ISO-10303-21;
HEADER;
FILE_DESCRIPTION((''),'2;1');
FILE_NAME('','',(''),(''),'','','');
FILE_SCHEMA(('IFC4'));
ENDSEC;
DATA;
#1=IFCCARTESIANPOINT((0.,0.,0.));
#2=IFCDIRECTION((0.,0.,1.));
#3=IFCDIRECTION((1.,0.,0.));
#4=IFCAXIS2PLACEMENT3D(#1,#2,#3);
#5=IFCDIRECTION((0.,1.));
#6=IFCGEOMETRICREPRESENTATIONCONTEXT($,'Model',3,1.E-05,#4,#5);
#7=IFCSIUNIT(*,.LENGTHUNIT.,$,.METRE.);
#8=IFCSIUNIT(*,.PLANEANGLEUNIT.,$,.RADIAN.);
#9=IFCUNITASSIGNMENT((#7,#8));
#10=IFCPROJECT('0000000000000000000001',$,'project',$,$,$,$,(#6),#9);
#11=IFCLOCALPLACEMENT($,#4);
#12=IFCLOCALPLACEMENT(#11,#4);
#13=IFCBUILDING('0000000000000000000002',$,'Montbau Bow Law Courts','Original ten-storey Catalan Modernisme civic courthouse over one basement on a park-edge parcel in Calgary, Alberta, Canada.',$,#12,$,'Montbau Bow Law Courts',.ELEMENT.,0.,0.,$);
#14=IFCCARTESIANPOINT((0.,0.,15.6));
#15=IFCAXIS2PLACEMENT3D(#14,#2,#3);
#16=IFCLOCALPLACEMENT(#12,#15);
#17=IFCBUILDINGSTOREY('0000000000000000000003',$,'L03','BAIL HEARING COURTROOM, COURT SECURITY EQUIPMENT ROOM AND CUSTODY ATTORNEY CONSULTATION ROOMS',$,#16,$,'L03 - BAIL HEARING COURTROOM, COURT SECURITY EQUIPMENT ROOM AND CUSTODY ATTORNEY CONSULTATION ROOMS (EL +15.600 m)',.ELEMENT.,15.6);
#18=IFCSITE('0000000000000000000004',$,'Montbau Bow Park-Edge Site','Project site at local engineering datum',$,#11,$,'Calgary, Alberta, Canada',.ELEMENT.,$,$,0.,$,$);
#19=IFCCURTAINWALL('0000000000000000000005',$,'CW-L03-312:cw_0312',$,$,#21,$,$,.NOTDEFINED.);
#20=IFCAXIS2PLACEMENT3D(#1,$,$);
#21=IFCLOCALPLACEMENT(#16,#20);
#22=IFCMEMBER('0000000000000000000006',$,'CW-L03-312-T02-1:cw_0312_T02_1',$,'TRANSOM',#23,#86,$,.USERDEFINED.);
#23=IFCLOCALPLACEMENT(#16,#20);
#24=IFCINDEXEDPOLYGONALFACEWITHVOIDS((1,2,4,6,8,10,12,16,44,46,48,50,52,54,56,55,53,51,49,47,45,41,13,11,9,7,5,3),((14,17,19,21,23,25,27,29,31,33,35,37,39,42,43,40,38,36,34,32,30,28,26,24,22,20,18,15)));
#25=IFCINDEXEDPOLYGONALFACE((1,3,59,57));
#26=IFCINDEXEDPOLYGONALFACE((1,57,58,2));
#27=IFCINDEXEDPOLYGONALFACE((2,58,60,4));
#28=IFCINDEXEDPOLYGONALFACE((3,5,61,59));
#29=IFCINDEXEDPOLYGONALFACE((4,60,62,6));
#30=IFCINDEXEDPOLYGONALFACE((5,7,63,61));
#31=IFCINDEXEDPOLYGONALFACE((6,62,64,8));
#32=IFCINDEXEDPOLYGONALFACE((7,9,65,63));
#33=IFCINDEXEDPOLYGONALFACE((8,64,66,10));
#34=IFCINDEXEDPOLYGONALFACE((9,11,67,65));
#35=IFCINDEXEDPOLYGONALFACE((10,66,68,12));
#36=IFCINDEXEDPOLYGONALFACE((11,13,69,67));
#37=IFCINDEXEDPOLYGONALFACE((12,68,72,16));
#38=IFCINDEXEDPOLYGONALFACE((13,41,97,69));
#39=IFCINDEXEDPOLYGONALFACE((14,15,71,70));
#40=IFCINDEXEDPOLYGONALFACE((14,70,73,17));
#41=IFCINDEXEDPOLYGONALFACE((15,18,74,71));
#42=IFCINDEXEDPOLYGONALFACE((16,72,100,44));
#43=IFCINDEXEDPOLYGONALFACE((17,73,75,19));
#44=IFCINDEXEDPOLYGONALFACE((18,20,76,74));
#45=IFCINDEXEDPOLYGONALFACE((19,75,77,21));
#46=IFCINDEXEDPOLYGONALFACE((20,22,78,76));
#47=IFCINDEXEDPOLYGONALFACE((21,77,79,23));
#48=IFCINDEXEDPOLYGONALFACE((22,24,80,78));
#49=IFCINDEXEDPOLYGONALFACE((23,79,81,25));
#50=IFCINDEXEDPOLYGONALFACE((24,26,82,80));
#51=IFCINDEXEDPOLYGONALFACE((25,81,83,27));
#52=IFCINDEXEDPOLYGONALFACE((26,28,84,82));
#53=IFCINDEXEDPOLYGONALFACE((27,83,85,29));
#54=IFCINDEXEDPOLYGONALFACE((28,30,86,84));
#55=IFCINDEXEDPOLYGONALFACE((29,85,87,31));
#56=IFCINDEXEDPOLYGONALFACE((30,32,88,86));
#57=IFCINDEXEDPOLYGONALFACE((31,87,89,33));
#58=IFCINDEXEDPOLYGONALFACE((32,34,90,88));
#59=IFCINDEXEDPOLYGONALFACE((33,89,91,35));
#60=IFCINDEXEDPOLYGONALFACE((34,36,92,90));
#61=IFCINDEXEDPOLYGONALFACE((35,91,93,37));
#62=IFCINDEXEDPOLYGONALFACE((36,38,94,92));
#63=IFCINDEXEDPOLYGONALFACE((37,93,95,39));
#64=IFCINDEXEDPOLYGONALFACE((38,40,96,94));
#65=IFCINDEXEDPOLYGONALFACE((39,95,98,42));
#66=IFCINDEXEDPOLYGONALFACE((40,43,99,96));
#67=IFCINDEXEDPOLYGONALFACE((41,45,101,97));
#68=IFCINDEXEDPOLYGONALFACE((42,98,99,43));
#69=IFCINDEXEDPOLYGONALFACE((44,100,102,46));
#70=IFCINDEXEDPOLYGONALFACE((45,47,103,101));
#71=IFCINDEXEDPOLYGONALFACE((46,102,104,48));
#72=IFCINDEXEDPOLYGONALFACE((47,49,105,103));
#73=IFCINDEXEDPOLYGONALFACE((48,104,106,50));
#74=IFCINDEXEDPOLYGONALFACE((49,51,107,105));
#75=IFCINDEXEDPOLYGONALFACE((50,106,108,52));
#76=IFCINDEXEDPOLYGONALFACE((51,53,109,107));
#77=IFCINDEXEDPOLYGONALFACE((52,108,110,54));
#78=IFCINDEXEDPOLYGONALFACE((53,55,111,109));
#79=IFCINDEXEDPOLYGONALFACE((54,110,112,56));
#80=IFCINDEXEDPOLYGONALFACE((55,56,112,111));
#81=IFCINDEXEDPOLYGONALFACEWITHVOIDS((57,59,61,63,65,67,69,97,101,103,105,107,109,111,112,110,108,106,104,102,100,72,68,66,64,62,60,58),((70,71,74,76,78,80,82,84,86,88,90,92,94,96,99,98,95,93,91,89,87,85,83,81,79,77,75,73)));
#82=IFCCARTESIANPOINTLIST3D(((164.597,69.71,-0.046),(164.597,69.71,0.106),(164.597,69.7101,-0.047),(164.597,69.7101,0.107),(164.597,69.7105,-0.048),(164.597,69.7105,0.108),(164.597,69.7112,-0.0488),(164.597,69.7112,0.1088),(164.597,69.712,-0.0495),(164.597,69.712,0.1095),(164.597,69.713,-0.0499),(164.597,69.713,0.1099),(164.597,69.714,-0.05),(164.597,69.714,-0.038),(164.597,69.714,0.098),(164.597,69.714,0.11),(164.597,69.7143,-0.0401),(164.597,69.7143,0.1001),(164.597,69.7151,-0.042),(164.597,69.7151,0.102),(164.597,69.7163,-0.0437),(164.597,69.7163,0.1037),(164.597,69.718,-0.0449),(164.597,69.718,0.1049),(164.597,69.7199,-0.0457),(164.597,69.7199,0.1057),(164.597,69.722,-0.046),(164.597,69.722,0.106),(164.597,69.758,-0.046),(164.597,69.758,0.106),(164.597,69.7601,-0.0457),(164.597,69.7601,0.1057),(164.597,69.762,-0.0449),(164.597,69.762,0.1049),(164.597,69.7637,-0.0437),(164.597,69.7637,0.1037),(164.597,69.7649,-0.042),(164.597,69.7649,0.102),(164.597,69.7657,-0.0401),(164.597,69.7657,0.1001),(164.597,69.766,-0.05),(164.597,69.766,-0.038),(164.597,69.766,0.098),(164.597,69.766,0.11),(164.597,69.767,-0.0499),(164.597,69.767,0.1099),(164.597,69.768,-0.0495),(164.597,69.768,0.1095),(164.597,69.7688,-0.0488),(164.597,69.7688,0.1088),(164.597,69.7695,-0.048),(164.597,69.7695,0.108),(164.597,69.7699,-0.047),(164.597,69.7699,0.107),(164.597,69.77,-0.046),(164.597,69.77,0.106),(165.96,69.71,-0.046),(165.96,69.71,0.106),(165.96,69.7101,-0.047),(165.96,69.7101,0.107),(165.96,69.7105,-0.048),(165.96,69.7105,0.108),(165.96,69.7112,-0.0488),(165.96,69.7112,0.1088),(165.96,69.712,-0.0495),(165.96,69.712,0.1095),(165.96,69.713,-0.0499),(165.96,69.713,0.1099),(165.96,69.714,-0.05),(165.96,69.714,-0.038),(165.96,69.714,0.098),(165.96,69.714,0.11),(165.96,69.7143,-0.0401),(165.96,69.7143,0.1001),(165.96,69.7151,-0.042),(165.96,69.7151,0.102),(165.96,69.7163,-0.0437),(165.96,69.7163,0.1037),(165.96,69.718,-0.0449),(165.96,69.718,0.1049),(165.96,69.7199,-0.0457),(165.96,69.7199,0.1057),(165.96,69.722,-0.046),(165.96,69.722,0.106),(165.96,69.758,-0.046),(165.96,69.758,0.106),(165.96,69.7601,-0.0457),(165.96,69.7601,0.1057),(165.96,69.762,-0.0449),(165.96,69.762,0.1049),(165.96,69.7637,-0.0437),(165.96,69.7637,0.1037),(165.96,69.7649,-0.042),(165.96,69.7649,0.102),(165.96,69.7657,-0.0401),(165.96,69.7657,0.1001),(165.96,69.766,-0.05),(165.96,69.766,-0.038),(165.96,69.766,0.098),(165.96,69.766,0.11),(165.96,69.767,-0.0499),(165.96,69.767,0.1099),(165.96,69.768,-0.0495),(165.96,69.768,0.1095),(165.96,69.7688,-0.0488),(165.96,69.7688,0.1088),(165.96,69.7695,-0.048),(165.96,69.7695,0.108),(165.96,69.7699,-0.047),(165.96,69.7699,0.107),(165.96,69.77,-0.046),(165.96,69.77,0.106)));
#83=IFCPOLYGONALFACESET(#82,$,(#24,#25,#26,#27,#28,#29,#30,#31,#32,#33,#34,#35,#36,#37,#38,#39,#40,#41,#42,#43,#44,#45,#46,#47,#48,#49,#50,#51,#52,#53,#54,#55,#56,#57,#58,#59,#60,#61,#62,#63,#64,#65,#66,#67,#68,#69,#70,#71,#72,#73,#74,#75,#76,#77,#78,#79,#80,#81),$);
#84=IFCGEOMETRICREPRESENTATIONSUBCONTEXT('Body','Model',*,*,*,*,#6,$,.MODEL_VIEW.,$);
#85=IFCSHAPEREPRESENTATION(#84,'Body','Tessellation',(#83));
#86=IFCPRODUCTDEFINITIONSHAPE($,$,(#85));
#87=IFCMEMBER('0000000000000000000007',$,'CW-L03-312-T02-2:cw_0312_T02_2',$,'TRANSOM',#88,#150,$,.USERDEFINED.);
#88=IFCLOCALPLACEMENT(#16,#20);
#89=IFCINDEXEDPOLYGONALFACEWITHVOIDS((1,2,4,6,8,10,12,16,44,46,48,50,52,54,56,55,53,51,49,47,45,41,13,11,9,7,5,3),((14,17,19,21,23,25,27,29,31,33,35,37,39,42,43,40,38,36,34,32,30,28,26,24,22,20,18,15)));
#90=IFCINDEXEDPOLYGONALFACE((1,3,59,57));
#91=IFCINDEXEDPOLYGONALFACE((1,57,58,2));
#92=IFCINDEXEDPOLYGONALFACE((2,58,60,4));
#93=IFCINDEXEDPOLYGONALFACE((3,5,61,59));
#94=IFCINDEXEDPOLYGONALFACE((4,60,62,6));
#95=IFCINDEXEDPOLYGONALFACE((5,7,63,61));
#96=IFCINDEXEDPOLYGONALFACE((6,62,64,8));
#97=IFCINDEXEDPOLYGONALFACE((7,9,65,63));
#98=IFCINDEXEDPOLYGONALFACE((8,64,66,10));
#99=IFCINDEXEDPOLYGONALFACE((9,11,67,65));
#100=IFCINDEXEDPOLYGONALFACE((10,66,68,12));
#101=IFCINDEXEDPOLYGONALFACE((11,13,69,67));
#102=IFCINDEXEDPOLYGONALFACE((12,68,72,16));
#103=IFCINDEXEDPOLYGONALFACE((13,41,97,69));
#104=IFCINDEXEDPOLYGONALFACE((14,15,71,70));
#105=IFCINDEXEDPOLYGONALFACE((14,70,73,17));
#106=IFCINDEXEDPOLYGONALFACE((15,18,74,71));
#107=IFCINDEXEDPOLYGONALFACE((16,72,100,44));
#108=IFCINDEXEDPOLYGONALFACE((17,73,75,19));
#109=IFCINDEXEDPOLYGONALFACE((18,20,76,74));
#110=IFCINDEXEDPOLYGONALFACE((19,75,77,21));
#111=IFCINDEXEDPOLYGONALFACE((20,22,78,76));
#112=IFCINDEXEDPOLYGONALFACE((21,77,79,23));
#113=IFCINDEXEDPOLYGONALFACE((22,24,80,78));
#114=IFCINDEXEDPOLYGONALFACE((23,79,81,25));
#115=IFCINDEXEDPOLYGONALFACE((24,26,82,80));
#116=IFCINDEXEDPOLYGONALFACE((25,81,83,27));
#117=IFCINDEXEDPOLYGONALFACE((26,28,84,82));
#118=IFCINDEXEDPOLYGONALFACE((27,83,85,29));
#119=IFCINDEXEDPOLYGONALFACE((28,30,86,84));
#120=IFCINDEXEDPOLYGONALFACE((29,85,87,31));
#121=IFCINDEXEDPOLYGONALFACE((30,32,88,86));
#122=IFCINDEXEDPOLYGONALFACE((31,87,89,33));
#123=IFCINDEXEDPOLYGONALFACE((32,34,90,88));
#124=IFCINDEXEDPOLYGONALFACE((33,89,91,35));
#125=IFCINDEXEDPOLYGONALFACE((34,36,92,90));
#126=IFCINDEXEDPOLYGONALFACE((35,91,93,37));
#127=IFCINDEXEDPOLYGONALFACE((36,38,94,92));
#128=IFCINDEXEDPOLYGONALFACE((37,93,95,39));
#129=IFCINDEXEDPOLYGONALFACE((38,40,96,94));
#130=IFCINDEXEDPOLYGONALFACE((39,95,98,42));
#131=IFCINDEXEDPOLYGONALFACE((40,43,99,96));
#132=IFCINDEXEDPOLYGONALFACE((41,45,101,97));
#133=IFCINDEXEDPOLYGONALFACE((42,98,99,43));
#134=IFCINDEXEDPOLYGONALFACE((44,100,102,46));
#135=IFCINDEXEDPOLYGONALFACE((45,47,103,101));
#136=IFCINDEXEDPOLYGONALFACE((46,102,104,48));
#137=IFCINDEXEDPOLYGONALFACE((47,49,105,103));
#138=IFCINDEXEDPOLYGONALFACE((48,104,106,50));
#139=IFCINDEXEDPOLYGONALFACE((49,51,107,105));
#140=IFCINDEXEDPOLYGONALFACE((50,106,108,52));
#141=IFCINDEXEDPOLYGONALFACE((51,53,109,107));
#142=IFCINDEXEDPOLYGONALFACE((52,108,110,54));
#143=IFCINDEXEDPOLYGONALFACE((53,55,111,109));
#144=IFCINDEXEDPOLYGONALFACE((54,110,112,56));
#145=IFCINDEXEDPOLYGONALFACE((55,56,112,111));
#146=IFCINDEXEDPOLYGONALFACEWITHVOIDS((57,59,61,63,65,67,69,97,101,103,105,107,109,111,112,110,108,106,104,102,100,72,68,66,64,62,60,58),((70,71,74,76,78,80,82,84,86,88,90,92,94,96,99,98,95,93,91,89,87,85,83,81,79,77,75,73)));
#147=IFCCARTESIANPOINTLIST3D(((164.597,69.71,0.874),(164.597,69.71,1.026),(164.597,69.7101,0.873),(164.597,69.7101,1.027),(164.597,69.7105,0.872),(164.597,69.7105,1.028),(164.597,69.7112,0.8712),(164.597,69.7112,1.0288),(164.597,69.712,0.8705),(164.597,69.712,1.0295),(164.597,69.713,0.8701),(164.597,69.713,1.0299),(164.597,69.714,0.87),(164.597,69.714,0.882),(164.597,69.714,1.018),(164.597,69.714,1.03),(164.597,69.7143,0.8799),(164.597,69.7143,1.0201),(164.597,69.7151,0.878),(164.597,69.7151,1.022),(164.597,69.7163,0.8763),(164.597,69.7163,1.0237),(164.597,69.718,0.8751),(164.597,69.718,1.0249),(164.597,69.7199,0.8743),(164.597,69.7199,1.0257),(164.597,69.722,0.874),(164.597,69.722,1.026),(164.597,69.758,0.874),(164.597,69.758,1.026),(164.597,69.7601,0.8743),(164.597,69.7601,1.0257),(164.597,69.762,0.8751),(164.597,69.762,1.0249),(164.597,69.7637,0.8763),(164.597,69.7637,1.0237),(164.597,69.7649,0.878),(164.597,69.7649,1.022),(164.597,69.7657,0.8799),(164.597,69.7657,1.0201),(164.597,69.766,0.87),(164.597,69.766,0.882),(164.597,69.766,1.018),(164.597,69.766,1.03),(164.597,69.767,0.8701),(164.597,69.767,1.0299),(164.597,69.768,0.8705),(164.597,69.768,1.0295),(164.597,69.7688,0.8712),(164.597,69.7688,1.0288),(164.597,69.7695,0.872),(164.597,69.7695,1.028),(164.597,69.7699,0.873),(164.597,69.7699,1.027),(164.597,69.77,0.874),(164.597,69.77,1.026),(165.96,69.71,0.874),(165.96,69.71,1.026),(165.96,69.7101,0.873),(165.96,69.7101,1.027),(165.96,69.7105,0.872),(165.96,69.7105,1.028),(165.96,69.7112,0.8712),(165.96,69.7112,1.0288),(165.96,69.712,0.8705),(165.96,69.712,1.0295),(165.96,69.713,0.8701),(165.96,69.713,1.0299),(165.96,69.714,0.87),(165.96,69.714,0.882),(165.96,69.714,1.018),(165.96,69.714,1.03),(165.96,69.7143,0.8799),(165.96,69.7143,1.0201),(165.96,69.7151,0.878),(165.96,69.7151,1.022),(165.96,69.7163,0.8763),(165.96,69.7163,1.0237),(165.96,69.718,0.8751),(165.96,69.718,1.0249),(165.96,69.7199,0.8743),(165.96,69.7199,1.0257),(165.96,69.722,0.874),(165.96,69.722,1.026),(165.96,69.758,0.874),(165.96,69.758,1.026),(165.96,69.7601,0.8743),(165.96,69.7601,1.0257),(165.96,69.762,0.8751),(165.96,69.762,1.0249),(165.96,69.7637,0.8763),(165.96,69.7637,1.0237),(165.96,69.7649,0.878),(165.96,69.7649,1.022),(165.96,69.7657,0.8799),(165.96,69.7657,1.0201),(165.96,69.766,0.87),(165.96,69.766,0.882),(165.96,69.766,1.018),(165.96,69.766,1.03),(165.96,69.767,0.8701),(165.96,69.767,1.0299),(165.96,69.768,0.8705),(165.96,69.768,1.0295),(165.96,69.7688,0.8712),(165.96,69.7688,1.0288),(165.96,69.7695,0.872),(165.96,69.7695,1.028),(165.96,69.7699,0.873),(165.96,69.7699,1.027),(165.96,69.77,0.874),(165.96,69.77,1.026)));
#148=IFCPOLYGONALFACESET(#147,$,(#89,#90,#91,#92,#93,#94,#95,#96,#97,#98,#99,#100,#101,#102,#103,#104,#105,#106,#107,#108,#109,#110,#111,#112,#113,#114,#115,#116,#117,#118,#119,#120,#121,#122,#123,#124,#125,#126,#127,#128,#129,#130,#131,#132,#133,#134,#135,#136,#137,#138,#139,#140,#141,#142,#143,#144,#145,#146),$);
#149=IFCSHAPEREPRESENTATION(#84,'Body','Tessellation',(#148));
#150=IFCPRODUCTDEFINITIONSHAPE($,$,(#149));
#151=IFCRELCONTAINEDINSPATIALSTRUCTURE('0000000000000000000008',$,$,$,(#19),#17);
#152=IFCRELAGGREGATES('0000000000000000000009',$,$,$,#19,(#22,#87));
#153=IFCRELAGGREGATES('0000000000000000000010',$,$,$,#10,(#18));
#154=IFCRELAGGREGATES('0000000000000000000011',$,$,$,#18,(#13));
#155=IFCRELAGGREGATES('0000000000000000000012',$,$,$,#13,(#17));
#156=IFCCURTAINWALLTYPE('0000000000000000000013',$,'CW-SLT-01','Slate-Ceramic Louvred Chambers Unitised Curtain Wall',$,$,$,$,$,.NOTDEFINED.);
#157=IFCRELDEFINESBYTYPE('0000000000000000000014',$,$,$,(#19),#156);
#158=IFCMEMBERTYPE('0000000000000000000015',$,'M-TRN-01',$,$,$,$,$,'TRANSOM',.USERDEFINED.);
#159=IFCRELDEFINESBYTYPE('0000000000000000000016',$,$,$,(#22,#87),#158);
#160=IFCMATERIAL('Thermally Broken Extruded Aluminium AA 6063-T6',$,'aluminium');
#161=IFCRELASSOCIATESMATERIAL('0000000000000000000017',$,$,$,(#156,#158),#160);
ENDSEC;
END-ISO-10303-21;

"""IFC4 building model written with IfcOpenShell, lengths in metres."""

from ifc_helpers import new_model, si_unit, direction, frame, origin_with_axes, origin_2d_with_axis, place, context, subcontext, project, spatial, hollow_rectangle, extrude, material, material_profile, profile_set, type_object, element, aggregate, save


model = new_model("IFC4")

# Units and contexts
model_context = context("Model", 3, precision=1e-05, world=origin_with_axes(), true_north=direction((0.0, 1.0)))
body_context = subcontext(model_context, "Body", "Model", "MODEL_VIEW")
ifc_project = project(units=[si_unit("LENGTHUNIT", "METRE"), si_unit("PLANEANGLEUNIT", "RADIAN")], contexts=[model_context])

# Site, building, storey
site_placement = place(None, origin_with_axes())
site = spatial("IfcSite", under=ifc_project, at=site_placement, Name="Montbau Bow Park-Edge Site", Description="Project site at local engineering datum", LongName="Calgary, Alberta, Canada", CompositionType="ELEMENT", RefElevation=0.0)
building_placement = place(site_placement, origin_with_axes())
building = spatial("IfcBuilding", under=site, at=building_placement, Name="Montbau Bow Law Courts", Description="Original ten-storey Catalan Modernisme civic courthouse over one basement on a park-edge parcel in Calgary, Alberta, Canada.", LongName="Montbau Bow Law Courts", CompositionType="ELEMENT", ElevationOfRefHeight=0.0, ElevationOfTerrain=0.0)
storey_placement = place(building_placement, frame((0.0, 0.0, 15.6), z_axis=(0.0, 0.0, 1.0), x_axis=(1.0, 0.0, 0.0)))
storey = spatial("IfcBuildingStorey", under=building, at=storey_placement, Name="L03", Description="BAIL HEARING COURTROOM, COURT SECURITY EQUIPMENT ROOM AND CUSTODY ATTORNEY CONSULTATION ROOMS", LongName="L03 - BAIL HEARING COURTROOM, COURT SECURITY EQUIPMENT ROOM AND CUSTODY ATTORNEY CONSULTATION ROOMS (EL +15.600 m)", CompositionType="ELEMENT", Elevation=15.6)

# Curtain wall
ifc_material_1 = material(Name="Thermally Broken Extruded Aluminium AA 6063-T6", Category="aluminium")
curtain_wall_type = type_object("IfcCurtainWallType", Name="CW-SLT-01", Description="Slate-Ceramic Louvred Chambers Unitised Curtain Wall", PredefinedType="NOTDEFINED", material=ifc_material_1)
curtain_wall_1_placement = place(None, frame((163.115, 69.74, 15.6), z_axis=(0.0, 0.0, 1.0), x_axis=(1.0, 0.0, 0.0)))
curtain_wall_1 = element("IfcCurtainWall", 1, at=curtain_wall_1_placement, inside=storey, type_object=curtain_wall_type, Name="CW-L03-312:cw_0312", PredefinedType="NOTDEFINED")

# Members
ifc_material_profile_1 = material_profile(ifc_material_1, hollow_rectangle(XDim=0.06, YDim=0.16, WallThickness=0.004, InnerFilletRadius=0.008, OuterFilletRadius=0.004, at=origin_2d_with_axis()), Name="CWT-160X60", Category="Main", Priority=0)
ifc_profile_set_1 = profile_set([ifc_material_profile_1], Name="Thermally Broken Extruded Aluminium AA 6063-T6")
member_type_1 = type_object("IfcMemberType", Name="M-TRN-01", ElementType="TRANSOM", PredefinedType="USERDEFINED", material=ifc_profile_set_1)
member_1_placement = place(None, frame((164.597, 69.74, 15.63), z_axis=(1.0, 0.0, 0.0), x_axis=(0.0, 1.0, 0.0)))
member_1 = element("IfcMember", 2, at=member_1_placement, type_object=member_type_1, Name="CW-L03-312-T02-1:cw_0312_T02_1", ObjectType="TRANSOM", PredefinedType="USERDEFINED", context=body_context, shape_type="SweptSolid", body=[
    extrude(hollow_rectangle(XDim=0.06, YDim=0.16, WallThickness=0.004, InnerFilletRadius=0.008, OuterFilletRadius=0.004, at=origin_2d_with_axis()), origin_with_axes(), (0.0, 0.0, 1.0), 1.363),
])
member_2_placement = place(None, frame((164.597, 69.74, 16.55), z_axis=(1.0, 0.0, 0.0), x_axis=(0.0, 1.0, 0.0)))
member_2 = element("IfcMember", 3, at=member_2_placement, type_object=member_type_1, Name="CW-L03-312-T02-2:cw_0312_T02_2", ObjectType="TRANSOM", PredefinedType="USERDEFINED", context=body_context, shape_type="SweptSolid", body=[
    extrude(hollow_rectangle(XDim=0.06, YDim=0.16, WallThickness=0.004, InnerFilletRadius=0.008, OuterFilletRadius=0.004, at=origin_2d_with_axis()), origin_with_axes(), (0.0, 0.0, 1.0), 1.363),
])

aggregate(curtain_wall_1, [member_1, member_2])

save(model, "model.ifc")
